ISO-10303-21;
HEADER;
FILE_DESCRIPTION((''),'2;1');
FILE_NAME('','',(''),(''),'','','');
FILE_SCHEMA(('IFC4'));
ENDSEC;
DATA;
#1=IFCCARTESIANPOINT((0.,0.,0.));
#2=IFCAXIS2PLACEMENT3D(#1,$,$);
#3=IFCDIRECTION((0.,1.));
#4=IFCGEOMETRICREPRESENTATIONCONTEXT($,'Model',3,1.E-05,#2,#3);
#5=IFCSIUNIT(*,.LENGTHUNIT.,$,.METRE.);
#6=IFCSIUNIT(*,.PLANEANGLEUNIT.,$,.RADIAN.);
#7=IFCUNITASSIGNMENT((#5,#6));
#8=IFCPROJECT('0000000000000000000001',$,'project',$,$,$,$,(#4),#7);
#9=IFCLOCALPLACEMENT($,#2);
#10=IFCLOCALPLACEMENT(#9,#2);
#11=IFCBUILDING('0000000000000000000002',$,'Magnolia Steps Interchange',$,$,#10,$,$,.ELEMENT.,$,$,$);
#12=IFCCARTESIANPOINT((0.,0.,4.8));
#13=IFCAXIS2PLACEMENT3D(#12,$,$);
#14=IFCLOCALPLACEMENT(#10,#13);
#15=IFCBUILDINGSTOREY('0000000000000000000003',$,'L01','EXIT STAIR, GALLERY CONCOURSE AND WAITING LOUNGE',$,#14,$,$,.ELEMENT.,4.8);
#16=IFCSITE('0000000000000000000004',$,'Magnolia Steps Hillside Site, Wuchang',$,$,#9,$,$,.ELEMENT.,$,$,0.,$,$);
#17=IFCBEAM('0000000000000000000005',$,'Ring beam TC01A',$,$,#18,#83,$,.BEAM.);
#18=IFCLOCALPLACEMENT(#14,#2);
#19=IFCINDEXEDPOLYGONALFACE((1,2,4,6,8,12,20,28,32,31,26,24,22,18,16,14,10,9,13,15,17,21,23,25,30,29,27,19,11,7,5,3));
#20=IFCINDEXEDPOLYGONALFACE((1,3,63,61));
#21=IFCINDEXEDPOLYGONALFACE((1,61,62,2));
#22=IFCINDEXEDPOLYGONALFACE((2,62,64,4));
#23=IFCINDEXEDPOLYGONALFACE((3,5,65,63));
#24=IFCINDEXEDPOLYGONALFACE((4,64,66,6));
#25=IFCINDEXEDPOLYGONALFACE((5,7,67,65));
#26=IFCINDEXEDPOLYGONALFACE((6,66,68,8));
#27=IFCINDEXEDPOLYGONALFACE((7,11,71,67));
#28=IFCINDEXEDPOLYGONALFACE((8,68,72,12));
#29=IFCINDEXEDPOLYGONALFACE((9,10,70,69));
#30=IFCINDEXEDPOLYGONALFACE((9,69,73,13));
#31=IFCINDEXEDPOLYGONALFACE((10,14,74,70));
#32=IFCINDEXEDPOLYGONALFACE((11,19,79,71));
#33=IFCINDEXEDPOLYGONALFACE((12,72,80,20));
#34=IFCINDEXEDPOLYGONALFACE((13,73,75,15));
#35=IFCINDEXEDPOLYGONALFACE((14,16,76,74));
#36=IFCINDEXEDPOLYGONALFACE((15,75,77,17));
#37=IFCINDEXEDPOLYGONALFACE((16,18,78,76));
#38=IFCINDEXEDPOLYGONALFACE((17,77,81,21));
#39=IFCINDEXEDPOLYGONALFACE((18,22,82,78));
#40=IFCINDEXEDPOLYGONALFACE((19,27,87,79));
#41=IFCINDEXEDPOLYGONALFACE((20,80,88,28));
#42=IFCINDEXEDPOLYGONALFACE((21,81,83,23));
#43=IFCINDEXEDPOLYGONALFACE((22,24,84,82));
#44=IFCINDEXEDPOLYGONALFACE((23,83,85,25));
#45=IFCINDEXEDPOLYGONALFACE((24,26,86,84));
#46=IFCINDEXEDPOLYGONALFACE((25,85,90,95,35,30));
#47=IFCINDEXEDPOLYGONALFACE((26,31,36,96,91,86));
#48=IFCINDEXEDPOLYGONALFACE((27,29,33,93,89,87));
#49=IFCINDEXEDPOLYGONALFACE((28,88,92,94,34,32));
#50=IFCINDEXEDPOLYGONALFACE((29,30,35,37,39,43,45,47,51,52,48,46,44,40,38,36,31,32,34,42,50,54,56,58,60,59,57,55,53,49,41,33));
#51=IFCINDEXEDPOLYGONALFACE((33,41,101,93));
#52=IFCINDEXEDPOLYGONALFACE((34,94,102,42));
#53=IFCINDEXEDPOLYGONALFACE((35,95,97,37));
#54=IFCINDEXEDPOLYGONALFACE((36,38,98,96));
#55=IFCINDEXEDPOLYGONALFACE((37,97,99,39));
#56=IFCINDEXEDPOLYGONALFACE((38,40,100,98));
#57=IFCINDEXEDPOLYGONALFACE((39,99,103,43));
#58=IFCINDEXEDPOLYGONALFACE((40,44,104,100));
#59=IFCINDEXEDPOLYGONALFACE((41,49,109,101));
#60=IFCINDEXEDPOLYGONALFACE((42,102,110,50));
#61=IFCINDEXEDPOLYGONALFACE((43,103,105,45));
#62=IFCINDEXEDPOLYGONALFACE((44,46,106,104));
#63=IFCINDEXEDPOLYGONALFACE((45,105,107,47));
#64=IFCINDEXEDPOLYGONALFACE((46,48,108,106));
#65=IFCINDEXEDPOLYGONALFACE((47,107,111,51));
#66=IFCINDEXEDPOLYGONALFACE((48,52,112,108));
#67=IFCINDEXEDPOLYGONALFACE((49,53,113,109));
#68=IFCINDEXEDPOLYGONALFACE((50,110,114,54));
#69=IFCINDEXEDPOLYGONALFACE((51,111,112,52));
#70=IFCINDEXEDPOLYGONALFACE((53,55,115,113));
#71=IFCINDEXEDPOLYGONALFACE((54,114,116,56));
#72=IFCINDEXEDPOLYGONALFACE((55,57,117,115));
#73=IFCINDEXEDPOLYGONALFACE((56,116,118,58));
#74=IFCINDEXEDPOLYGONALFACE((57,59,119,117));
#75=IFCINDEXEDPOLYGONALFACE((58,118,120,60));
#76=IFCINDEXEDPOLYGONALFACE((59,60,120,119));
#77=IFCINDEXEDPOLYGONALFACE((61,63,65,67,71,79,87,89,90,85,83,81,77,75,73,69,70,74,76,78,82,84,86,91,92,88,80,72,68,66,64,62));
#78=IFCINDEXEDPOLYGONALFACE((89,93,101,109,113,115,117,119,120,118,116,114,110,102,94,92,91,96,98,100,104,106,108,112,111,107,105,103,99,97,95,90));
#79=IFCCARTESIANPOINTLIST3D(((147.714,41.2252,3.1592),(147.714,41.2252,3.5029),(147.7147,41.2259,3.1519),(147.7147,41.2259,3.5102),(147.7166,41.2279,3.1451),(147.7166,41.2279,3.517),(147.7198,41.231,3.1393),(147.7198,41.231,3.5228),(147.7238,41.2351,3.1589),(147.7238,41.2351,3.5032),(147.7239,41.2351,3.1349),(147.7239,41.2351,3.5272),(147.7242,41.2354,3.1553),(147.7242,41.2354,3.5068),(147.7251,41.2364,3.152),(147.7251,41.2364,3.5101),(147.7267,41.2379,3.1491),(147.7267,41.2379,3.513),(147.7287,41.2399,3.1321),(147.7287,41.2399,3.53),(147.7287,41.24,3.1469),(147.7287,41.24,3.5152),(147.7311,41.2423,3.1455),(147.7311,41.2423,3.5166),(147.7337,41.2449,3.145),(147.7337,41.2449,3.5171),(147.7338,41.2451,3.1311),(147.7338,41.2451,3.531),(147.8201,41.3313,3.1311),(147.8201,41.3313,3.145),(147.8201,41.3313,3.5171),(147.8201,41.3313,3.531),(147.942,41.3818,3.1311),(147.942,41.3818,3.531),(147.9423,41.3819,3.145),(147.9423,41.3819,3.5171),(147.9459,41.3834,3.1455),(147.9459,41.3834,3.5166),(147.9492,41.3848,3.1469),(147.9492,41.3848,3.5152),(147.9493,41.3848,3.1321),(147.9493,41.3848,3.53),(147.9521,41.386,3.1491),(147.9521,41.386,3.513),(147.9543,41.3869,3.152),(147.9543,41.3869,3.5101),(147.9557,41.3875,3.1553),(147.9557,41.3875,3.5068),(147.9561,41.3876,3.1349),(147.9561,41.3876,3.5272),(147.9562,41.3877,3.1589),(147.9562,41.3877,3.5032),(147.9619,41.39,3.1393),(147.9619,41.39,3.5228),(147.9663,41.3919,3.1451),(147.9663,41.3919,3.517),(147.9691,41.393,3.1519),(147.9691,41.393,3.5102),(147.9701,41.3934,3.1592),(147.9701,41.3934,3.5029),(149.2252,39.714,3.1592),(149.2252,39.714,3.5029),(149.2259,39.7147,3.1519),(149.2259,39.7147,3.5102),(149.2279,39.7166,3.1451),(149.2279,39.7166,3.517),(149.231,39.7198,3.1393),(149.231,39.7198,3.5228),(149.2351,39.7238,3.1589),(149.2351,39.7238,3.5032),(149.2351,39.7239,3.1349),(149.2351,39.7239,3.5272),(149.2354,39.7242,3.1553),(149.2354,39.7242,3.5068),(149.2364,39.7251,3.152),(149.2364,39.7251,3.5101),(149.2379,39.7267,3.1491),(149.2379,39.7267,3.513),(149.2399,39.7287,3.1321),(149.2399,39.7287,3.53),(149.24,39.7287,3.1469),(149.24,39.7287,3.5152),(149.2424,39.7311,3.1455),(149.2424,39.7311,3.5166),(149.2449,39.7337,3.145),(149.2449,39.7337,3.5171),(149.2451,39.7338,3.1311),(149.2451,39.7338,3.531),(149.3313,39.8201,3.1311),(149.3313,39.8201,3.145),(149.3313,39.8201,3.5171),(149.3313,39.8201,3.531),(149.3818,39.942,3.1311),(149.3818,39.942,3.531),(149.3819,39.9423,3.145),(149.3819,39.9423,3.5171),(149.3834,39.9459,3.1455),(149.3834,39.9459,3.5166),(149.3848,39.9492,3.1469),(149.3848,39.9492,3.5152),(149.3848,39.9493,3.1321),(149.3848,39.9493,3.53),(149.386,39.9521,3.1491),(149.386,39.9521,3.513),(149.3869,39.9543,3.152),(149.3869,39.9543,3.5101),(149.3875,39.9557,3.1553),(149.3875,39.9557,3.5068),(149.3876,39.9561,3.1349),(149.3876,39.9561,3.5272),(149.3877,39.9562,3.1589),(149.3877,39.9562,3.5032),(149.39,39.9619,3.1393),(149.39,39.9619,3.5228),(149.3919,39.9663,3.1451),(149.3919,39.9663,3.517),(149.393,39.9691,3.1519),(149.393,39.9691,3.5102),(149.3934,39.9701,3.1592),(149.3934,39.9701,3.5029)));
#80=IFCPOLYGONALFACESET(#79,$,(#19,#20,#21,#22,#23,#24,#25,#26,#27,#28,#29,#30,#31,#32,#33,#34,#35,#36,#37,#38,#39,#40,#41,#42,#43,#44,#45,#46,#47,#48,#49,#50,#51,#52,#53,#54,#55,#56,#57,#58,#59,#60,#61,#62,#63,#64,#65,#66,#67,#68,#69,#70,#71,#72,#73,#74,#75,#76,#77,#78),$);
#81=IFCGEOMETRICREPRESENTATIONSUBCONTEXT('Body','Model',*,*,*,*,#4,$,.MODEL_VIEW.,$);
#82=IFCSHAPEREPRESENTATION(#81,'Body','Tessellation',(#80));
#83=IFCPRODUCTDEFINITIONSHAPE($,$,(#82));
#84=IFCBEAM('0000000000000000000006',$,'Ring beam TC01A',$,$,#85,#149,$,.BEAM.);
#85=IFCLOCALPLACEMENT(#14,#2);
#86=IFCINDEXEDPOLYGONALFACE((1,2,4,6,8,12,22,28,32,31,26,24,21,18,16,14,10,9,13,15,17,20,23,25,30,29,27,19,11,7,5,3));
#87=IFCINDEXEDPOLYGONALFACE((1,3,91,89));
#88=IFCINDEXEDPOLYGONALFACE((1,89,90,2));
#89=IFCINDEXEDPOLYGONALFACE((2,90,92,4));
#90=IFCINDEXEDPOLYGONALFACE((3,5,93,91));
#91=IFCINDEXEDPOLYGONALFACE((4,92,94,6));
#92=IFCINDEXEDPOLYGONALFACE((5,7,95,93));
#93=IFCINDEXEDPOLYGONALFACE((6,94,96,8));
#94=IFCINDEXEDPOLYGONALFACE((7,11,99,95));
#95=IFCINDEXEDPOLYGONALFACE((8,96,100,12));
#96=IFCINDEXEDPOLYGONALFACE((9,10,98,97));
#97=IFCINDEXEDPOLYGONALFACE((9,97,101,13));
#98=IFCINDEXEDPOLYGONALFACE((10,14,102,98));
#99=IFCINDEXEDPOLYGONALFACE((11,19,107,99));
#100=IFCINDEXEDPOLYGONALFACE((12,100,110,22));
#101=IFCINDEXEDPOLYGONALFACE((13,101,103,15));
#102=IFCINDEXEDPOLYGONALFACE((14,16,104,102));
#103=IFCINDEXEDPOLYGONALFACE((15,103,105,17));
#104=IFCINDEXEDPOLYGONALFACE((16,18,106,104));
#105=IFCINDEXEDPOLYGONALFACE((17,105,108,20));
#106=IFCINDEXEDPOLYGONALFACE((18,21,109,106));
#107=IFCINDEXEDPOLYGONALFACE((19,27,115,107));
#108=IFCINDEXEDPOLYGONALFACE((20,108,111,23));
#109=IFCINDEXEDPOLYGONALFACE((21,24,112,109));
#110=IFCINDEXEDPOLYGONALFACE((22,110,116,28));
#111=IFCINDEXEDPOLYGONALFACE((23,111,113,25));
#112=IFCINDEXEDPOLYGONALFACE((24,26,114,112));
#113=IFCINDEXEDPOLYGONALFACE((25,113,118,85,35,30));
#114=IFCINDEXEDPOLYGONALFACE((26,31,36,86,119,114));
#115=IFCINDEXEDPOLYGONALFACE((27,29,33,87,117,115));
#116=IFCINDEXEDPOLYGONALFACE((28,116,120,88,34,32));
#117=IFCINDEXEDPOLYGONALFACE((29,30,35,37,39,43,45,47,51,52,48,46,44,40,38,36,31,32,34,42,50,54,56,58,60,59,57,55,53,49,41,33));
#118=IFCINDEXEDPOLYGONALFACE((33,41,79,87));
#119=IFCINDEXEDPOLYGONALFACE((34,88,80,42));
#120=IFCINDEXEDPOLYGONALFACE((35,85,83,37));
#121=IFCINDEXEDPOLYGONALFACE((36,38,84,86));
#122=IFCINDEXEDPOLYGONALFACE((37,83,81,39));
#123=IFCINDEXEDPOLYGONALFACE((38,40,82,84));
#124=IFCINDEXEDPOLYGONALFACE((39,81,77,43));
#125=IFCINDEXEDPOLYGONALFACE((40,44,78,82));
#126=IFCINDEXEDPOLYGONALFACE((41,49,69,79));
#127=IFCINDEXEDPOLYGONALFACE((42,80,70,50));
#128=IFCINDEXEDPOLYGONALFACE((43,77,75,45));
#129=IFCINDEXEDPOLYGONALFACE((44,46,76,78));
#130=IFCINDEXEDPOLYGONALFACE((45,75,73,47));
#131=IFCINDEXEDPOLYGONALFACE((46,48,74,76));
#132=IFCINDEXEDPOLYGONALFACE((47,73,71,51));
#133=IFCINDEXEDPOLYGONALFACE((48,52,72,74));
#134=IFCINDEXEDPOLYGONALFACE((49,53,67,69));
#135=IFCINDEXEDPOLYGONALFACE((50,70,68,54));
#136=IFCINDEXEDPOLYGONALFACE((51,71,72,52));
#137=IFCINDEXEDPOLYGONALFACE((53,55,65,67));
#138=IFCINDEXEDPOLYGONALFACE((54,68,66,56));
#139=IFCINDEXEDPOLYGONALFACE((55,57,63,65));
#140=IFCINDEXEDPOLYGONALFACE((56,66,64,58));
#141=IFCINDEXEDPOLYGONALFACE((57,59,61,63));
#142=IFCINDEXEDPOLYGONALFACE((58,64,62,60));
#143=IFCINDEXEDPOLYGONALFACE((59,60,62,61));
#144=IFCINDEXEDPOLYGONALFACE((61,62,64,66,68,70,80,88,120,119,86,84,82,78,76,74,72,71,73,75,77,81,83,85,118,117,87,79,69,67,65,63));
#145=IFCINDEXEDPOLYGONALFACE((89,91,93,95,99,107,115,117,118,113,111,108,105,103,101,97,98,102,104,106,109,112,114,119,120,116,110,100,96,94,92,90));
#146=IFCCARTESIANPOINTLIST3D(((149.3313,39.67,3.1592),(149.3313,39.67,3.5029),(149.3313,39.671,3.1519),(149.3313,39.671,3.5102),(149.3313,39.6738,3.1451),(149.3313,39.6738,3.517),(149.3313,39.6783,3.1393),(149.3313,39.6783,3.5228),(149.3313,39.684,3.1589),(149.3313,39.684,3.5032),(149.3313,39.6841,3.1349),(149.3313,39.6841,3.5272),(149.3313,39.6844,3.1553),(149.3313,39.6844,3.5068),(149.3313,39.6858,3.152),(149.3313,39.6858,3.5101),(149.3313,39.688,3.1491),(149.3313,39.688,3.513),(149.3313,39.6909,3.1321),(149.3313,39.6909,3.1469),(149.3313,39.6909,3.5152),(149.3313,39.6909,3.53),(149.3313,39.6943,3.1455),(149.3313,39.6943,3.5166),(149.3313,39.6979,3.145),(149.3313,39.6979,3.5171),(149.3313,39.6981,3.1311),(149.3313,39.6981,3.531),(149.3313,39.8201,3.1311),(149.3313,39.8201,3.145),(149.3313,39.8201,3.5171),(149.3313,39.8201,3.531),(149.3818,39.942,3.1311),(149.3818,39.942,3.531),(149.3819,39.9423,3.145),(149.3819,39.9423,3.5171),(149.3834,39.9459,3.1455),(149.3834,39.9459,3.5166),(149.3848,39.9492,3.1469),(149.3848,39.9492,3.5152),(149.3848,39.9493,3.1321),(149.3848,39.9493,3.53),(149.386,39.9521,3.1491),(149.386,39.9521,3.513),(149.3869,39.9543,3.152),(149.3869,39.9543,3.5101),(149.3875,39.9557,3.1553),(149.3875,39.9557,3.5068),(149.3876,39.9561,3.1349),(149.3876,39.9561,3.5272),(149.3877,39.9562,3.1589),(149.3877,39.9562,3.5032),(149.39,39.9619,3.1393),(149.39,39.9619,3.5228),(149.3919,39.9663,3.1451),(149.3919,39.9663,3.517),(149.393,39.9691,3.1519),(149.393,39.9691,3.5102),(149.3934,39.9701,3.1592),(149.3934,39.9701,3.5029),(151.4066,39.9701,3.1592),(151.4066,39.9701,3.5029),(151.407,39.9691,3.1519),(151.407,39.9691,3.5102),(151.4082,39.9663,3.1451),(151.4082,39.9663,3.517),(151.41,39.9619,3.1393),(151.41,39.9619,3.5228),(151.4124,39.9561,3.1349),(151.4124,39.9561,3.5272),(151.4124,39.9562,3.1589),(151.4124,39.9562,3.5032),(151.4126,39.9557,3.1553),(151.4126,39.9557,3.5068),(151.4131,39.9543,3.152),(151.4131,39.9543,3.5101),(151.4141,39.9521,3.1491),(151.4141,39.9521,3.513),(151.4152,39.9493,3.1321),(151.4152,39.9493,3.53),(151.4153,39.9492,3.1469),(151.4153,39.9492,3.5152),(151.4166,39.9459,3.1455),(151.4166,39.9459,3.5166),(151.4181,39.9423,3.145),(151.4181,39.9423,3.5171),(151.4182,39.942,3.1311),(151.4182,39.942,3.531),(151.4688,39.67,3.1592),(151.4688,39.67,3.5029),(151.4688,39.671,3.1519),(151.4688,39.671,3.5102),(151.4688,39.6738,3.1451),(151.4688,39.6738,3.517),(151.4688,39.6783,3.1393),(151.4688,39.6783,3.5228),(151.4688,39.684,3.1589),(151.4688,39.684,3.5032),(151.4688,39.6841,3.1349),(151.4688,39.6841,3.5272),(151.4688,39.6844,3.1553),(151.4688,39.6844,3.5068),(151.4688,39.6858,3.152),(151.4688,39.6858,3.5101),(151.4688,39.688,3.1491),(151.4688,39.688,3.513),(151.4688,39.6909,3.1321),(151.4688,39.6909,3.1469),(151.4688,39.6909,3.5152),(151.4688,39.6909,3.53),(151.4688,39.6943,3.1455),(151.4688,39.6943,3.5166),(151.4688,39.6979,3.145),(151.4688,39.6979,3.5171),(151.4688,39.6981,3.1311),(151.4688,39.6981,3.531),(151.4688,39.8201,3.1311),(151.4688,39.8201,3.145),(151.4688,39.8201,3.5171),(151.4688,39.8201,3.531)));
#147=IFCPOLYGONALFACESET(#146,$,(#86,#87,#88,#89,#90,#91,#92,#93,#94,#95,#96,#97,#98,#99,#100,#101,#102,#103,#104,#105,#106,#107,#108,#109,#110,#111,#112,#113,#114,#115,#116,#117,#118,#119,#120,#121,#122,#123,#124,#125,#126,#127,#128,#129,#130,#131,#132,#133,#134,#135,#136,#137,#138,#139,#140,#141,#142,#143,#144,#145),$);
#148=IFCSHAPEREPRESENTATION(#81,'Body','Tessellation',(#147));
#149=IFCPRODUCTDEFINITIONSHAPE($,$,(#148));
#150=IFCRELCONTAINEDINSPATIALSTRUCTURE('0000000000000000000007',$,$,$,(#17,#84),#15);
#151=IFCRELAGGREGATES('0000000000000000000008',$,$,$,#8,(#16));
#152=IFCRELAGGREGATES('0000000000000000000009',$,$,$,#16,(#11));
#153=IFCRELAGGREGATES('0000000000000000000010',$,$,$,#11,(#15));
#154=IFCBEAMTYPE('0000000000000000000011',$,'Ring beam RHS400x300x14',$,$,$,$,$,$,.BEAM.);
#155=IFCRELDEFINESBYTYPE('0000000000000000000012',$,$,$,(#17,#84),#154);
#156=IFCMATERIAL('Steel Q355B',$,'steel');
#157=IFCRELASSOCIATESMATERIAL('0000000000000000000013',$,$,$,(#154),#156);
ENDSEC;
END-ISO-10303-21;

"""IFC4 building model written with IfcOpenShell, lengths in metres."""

from ifc_helpers import new_model, si_unit, direction, frame, origin, origin_2d, place, context, subcontext, project, spatial, hollow_rectangle, extrude, clip, halfspace, material, material_profile, profile_set, type_object, element, save


model = new_model("IFC4")

# Units and contexts
model_context = context("Model", 3, precision=1e-05, world=origin(), true_north=direction((0.0, 1.0)))
body_context = subcontext(model_context, "Body", "Model", "MODEL_VIEW")
ifc_project = project(units=[si_unit("LENGTHUNIT", "METRE"), si_unit("PLANEANGLEUNIT", "RADIAN")], contexts=[model_context])

# Site, building, storey
site_placement = place(None, origin())
site = spatial("IfcSite", under=ifc_project, at=site_placement, Name="Magnolia Steps Hillside Site, Wuchang", CompositionType="ELEMENT", RefElevation=0.0)
building_placement = place(site_placement, origin())
building = spatial("IfcBuilding", under=site, at=building_placement, Name="Magnolia Steps Interchange", CompositionType="ELEMENT")
storey_placement = place(building_placement, frame((0.0, 0.0, 4.8)))
storey = spatial("IfcBuildingStorey", under=building, at=storey_placement, Name="L01", Description="EXIT STAIR, GALLERY CONCOURSE AND WAITING LOUNGE", CompositionType="ELEMENT", Elevation=4.8)

# Beams
ifc_material_1 = material(Name="Steel Q355B", Category="steel")
ifc_material_profile_1 = material_profile(ifc_material_1, hollow_rectangle(XDim=0.3, YDim=0.3999, WallThickness=0.0139, InnerFilletRadius=0.0139, OuterFilletRadius=0.0281, at=origin_2d()), Name="RHS400x300x14")
ifc_profile_set_1 = profile_set([ifc_material_profile_1], Name="Steel Q355B")
beam_type = type_object("IfcBeamType", Name="Ring beam RHS400x300x14", PredefinedType="BEAM", material=ifc_profile_set_1)
beam_1_placement = place(storey_placement, frame((147.8201, 41.3313, 3.3311), z_axis=(0.707107, -0.707107, 0.0), x_axis=(0.707107, 0.707107, 0.0)))
element("IfcBeam", 1, at=beam_1_placement, inside=storey, type_object=beam_type, Name="Ring beam TC01A", PredefinedType="BEAM", context=body_context, shape_type="Clipping", body=[
    clip(clip(extrude(hollow_rectangle(XDim=0.3, YDim=0.3999, WallThickness=0.0139, InnerFilletRadius=0.0139, OuterFilletRadius=0.0281, at=origin_2d()), origin(), (0.0, 0.0, 1.0), 2.1372), halfspace(frame((0.0, 0.0, 0.0), z_axis=(0.382683, 0.0, -0.92388), x_axis=(0.92388, 0.0, 0.382683)), False)), halfspace(frame((0.0, 0.0, 2.1372), z_axis=(0.382683, 0.0, 0.92388), x_axis=(0.92388, 0.0, -0.382683)), False)),
])
for number, where, z_axis, x_axis, name in (
    (2, (149.3313, 39.8201, 3.3311), (1.0, 0.0, 0.0), (0.0, 1.0, 0.0), "Ring beam TC01A"),
):
    element("IfcBeam", number, at=place(storey_placement, frame(where, z_axis=z_axis, x_axis=x_axis)), inside=storey, type_object=beam_type, Name=name, PredefinedType="BEAM", context=body_context, shape_type="Clipping", body=[
        clip(clip(extrude(hollow_rectangle(XDim=0.3, YDim=0.3999, WallThickness=0.0139, InnerFilletRadius=0.0139, OuterFilletRadius=0.0281, at=origin_2d()), origin(), (0.0, 0.0, 1.0), 2.1375), halfspace(frame((0.0, 0.0, 0.0), z_axis=(0.382683, 0.0, -0.92388), x_axis=(0.92388, 0.0, 0.382683)), False)), halfspace(frame((0.0, 0.0, 2.1375), z_axis=(0.382683, 0.0, 0.92388), x_axis=(0.92388, 0.0, -0.382683)), False)),
    ])

save(model, "model.ifc")
